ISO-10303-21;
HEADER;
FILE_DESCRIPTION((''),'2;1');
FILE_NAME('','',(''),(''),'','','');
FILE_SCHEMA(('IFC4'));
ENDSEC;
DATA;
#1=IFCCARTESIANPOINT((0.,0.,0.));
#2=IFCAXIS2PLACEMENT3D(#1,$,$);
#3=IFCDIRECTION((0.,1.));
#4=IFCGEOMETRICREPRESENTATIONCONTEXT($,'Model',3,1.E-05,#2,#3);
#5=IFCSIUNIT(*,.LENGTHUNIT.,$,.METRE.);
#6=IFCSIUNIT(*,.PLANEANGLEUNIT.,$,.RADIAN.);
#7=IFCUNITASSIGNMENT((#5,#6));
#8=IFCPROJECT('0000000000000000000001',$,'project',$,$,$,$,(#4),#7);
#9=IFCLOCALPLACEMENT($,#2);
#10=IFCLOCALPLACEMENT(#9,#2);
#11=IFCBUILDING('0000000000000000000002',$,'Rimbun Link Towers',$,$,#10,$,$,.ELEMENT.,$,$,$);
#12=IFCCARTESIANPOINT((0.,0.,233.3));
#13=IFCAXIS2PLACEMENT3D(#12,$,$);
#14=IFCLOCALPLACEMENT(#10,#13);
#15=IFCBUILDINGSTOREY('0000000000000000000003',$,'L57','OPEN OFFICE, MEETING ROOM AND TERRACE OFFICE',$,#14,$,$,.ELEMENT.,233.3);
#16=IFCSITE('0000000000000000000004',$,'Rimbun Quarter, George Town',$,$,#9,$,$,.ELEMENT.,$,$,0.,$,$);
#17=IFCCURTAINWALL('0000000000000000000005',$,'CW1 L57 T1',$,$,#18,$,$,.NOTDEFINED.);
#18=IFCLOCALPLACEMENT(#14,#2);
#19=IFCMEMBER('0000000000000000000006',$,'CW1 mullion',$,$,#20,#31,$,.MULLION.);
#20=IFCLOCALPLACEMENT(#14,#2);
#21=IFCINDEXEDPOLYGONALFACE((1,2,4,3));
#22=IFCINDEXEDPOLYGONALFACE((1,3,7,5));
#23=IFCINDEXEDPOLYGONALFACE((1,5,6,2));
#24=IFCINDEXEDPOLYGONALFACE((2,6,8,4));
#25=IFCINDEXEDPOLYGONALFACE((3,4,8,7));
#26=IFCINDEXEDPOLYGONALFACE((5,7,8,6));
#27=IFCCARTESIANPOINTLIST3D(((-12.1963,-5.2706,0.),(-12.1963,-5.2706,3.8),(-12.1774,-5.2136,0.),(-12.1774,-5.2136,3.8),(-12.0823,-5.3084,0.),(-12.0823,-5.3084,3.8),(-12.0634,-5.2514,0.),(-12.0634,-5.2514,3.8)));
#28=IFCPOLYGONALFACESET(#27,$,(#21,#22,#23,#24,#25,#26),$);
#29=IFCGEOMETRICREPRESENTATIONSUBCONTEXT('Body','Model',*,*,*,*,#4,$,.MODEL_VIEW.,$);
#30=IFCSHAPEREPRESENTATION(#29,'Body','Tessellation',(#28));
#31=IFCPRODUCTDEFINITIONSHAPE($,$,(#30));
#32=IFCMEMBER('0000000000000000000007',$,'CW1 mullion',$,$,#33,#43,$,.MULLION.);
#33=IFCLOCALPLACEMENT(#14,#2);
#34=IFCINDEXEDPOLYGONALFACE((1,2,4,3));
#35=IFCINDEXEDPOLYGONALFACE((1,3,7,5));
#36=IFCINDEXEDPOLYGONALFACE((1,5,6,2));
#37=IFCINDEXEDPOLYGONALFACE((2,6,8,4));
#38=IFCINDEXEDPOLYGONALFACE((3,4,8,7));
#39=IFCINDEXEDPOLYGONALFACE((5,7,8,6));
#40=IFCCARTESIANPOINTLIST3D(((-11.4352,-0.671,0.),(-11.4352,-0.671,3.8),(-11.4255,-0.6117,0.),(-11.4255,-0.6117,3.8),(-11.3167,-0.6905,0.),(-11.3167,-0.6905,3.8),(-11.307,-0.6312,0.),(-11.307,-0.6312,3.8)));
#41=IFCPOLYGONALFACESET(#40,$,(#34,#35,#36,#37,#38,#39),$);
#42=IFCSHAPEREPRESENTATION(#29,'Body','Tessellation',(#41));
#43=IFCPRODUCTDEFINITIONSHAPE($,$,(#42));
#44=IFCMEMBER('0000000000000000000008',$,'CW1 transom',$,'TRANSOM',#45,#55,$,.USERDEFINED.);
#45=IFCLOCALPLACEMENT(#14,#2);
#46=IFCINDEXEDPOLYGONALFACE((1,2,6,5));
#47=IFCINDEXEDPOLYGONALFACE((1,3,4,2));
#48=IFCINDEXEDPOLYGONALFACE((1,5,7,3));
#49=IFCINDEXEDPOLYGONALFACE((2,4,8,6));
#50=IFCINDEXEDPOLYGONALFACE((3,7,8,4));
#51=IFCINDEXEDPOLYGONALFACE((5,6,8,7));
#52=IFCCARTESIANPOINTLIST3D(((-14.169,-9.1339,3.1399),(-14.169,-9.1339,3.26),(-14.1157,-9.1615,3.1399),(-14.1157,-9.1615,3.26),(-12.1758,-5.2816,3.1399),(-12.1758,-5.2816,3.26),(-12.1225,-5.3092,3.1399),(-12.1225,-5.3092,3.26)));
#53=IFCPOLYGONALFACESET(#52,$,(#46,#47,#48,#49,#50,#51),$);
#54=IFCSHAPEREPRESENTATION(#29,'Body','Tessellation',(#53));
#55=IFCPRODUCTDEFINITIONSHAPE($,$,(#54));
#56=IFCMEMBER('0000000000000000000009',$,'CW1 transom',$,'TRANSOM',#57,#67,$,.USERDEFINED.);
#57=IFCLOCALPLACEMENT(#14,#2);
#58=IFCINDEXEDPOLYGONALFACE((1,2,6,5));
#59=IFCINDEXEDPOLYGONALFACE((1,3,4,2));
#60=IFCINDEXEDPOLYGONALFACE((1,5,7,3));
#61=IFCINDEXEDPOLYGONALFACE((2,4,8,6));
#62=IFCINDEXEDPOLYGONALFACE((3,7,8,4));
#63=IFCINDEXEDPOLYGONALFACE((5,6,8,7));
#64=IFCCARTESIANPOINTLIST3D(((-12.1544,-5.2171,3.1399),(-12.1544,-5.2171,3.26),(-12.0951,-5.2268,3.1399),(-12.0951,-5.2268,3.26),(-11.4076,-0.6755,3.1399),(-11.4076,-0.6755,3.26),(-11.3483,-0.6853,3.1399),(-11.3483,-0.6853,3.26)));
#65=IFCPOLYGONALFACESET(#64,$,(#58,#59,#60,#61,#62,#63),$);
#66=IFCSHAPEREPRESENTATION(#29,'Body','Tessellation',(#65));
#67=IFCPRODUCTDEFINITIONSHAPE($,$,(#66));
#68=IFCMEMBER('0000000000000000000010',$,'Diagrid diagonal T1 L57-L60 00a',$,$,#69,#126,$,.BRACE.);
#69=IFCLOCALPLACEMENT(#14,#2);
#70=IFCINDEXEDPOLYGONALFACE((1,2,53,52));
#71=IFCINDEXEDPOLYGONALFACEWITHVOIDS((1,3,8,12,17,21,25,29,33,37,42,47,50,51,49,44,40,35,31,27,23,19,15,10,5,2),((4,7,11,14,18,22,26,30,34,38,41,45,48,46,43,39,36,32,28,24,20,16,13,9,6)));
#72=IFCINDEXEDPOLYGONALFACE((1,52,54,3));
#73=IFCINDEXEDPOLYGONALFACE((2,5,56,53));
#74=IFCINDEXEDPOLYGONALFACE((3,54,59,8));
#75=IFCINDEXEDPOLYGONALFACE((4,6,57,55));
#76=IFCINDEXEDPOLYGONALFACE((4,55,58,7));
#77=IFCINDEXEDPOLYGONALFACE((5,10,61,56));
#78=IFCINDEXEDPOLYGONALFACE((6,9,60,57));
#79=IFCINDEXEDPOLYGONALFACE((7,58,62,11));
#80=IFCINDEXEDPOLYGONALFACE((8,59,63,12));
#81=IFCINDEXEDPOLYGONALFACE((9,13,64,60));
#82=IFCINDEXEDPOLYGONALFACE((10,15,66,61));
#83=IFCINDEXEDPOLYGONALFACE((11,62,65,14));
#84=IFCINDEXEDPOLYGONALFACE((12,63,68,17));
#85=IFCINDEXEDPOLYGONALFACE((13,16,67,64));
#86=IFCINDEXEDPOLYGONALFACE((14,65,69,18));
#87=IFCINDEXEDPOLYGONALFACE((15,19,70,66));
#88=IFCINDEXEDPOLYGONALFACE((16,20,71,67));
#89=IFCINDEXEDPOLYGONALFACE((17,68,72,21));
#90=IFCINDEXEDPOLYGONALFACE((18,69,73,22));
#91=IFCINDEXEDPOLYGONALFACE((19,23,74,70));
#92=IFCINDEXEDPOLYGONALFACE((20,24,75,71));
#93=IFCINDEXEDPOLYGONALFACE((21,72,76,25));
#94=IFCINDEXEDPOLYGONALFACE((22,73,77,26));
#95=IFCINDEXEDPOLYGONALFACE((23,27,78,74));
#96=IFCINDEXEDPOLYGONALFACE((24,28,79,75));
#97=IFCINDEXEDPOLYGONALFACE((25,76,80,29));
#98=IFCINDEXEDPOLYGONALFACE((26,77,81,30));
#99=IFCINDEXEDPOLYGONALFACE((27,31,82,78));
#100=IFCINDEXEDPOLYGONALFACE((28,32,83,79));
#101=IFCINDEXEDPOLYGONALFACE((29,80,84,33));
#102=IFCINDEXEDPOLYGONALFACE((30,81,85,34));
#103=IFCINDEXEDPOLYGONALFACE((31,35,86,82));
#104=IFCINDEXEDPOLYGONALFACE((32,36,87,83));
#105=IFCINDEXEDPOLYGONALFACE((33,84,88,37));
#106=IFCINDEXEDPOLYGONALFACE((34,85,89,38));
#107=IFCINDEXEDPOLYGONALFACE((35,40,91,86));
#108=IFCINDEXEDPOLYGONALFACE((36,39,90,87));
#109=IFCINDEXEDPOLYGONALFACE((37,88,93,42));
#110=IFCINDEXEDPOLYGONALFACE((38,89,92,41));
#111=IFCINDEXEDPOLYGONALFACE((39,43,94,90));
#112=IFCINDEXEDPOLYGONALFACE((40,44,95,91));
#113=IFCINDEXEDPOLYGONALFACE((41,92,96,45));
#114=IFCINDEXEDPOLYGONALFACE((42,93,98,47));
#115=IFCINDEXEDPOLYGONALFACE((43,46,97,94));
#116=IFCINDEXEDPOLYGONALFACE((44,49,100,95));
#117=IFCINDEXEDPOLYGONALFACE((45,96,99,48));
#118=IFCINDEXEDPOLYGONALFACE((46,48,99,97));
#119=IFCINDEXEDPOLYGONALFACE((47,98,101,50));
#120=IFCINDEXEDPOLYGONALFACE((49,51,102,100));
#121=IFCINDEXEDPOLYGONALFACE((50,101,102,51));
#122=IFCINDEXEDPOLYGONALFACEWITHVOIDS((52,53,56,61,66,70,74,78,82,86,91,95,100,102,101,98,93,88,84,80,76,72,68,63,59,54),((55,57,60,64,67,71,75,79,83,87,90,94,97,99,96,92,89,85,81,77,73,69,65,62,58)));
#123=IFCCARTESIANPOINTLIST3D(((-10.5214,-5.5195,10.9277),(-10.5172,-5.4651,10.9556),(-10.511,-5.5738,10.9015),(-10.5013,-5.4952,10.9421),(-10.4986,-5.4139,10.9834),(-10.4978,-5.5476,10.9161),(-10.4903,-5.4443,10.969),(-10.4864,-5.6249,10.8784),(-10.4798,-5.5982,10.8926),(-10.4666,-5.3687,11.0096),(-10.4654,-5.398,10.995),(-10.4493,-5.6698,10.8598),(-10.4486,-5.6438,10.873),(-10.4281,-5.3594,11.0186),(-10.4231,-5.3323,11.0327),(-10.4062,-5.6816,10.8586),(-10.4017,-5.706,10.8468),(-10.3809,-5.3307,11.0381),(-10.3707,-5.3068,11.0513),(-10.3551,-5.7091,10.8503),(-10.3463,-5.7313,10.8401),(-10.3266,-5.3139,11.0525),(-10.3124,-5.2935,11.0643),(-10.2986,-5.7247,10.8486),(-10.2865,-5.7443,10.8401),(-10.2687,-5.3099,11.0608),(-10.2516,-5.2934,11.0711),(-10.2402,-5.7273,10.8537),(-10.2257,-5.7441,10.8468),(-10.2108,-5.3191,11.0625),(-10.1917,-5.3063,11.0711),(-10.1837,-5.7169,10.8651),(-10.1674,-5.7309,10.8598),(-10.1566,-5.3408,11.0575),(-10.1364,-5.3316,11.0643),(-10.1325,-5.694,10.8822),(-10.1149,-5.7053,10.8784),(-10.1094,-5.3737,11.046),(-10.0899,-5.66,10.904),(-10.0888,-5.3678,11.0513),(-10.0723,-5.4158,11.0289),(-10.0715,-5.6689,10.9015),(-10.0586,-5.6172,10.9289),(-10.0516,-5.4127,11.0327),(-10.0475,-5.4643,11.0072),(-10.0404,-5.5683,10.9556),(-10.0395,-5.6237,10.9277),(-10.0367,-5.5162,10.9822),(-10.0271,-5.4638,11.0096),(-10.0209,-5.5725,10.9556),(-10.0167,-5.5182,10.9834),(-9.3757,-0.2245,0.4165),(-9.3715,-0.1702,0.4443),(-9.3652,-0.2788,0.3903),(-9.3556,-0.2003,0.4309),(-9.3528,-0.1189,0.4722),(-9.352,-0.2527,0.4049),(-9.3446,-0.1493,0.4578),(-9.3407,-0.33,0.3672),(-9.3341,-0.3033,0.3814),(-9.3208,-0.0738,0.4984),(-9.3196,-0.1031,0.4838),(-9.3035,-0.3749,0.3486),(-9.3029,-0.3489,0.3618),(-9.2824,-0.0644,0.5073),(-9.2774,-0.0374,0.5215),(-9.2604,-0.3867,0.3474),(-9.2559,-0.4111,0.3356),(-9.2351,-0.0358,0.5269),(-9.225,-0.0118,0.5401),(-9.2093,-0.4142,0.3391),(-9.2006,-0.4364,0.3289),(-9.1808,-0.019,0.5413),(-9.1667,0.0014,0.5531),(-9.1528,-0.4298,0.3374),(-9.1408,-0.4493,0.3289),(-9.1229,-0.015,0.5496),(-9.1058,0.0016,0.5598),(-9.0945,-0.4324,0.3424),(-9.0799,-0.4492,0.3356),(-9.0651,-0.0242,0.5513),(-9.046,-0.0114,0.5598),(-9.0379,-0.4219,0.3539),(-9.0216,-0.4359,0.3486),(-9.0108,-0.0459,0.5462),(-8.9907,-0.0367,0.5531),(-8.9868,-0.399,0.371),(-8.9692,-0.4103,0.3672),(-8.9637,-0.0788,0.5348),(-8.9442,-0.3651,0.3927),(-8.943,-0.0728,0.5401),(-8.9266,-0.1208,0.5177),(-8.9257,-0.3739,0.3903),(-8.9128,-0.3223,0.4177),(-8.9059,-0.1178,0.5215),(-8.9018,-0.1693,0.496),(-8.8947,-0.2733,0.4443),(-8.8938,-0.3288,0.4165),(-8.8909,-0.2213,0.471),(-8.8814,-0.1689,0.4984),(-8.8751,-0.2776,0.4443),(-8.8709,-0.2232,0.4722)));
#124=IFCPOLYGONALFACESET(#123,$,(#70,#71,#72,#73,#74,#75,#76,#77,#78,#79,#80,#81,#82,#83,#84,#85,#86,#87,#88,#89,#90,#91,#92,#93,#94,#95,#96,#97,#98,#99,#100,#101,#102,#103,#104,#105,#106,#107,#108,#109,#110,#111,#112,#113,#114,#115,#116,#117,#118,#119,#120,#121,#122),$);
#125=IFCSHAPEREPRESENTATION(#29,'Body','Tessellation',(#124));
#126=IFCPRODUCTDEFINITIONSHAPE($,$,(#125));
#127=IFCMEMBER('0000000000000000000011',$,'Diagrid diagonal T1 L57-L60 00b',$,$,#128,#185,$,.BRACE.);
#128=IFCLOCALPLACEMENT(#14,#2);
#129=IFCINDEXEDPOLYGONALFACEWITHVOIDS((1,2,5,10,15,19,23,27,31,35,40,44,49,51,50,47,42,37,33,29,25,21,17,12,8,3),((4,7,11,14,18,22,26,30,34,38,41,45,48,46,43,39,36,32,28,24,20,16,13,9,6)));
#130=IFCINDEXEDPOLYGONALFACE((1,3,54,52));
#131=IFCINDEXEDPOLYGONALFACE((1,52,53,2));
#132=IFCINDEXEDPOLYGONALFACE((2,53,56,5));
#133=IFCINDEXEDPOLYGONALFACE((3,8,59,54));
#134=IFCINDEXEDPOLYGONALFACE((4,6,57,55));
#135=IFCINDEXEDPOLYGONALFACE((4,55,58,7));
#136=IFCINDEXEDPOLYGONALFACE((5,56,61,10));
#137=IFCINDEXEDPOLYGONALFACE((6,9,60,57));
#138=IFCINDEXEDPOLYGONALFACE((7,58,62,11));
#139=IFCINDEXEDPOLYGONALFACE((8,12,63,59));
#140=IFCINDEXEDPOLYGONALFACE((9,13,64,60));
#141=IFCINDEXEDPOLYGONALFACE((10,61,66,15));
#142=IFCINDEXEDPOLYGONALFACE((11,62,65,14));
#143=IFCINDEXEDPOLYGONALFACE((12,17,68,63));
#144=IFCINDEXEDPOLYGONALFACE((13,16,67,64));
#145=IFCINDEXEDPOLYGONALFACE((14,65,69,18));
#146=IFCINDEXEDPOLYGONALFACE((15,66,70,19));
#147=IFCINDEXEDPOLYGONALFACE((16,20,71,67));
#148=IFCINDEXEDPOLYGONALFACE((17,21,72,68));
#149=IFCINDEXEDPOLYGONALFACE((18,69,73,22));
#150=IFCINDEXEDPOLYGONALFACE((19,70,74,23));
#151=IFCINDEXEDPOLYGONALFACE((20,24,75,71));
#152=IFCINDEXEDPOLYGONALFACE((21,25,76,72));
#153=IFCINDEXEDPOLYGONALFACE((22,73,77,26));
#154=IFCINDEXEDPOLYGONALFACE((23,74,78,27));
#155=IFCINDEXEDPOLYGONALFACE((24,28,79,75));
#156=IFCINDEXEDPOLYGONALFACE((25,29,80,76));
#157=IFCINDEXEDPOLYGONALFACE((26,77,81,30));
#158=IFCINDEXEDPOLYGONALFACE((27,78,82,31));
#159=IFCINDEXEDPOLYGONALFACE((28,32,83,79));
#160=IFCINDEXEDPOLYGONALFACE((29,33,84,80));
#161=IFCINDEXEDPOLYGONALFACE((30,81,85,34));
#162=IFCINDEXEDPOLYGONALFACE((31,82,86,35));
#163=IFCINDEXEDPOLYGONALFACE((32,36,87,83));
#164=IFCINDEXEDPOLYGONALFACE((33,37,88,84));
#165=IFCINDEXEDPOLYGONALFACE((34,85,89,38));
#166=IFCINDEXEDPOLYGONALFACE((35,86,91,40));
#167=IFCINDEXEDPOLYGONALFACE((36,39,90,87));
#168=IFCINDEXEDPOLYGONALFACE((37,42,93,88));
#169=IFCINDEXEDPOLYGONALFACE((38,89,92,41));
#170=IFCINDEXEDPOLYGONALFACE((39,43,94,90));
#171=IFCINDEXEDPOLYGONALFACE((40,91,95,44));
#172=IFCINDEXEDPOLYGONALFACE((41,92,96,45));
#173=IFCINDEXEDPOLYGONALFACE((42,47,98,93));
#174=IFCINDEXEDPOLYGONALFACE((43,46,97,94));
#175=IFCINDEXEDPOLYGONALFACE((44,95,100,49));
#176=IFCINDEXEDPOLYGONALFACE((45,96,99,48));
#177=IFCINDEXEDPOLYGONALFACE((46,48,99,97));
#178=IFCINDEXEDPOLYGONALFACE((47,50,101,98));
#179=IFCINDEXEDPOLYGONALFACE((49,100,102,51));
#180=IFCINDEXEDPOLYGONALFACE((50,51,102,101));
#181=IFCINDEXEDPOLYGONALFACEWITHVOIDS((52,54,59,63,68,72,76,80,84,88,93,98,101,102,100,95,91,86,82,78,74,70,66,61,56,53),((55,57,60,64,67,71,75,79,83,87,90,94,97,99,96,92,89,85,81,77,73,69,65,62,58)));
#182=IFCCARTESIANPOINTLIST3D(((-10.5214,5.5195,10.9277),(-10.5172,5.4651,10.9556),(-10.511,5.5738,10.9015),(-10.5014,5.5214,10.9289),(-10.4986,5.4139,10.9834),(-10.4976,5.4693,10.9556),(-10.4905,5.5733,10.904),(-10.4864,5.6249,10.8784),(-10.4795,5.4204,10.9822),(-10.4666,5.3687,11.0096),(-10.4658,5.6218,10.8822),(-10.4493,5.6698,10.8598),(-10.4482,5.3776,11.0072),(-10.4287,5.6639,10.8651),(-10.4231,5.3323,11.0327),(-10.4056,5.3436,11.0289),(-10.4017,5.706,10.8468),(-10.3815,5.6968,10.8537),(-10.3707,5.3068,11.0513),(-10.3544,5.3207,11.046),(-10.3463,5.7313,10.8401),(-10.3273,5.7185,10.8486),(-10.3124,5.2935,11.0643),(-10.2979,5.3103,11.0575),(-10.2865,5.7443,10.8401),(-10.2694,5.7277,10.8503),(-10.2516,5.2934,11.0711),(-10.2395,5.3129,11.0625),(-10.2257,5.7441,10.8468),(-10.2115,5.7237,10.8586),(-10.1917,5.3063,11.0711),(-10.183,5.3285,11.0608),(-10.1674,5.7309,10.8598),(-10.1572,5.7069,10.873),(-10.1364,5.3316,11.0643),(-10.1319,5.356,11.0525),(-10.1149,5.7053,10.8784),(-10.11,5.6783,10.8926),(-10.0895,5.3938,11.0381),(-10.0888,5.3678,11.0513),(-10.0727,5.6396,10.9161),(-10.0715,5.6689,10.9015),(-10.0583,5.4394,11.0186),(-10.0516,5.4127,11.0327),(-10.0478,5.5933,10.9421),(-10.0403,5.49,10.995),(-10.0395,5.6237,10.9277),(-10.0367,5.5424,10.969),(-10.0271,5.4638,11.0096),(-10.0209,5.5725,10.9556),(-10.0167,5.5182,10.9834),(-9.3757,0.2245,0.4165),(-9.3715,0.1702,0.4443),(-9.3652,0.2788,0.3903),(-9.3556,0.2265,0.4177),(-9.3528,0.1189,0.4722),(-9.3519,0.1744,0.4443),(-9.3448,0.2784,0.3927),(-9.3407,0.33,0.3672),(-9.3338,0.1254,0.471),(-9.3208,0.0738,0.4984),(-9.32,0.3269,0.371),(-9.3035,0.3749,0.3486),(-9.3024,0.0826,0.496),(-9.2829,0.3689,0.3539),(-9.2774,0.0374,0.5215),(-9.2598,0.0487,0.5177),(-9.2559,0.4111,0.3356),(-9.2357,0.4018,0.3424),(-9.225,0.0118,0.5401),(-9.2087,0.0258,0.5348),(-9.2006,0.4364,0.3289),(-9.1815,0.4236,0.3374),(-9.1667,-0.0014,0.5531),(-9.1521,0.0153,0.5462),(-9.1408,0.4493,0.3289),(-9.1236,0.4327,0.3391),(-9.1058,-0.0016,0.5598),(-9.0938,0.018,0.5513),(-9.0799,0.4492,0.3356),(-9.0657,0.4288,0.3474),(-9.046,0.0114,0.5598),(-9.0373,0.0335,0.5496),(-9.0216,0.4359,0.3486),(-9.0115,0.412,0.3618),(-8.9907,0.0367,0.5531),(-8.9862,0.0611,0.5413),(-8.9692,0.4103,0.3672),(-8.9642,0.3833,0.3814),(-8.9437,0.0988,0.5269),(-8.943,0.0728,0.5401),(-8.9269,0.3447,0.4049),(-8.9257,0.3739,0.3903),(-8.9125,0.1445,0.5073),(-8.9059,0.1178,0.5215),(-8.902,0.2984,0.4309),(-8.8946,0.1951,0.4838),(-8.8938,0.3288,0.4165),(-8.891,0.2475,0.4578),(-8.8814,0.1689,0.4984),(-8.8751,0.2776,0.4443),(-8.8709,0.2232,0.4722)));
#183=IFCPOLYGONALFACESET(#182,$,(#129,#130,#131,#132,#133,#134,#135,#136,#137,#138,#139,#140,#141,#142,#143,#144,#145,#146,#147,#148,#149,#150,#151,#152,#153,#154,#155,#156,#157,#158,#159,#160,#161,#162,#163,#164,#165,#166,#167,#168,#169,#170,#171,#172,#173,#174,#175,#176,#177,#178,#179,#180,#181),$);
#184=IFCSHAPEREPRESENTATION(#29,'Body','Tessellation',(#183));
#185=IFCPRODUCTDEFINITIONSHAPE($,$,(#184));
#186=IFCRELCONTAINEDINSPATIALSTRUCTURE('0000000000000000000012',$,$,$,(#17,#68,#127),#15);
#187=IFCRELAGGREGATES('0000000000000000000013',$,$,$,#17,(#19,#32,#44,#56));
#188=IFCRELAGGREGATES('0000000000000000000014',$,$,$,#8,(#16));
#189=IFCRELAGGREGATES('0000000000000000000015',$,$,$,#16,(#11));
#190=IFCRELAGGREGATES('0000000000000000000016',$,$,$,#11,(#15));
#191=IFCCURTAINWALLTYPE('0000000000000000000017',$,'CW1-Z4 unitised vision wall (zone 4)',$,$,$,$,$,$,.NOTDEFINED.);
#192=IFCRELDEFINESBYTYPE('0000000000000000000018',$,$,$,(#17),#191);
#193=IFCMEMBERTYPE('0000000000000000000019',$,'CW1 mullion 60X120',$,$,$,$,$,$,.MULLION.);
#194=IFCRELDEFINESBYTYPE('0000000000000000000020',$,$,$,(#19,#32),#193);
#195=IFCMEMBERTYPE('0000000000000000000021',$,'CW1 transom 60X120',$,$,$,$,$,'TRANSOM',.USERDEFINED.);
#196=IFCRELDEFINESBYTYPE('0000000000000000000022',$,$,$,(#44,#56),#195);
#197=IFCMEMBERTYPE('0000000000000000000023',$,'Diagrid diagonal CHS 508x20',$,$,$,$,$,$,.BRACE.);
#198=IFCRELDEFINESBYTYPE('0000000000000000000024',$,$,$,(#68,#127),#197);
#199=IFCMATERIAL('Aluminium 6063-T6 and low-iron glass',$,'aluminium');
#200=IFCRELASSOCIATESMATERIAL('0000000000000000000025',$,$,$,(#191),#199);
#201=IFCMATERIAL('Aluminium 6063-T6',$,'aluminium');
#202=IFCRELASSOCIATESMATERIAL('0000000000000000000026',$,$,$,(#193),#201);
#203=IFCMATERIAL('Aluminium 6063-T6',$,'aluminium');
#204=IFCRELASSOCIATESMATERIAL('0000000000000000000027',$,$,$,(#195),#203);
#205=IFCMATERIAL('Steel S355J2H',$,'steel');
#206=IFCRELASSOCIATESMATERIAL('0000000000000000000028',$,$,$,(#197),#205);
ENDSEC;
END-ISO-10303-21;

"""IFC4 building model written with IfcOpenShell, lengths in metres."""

from ifc_helpers import new_model, si_unit, direction, frame, origin, origin_2d, place, context, subcontext, project, spatial, rectangle, hollow_circle, extrude, material, material_profile, profile_set, type_object, element, aggregate, save


model = new_model("IFC4")

# Units and contexts
model_context = context("Model", 3, precision=1e-05, world=origin(), true_north=direction((0.0, 1.0)))
body_context = subcontext(model_context, "Body", "Model", "MODEL_VIEW")
ifc_project = project(units=[si_unit("LENGTHUNIT", "METRE"), si_unit("PLANEANGLEUNIT", "RADIAN")], contexts=[model_context])

# Site, building, storey
site_placement = place(None, origin())
site = spatial("IfcSite", under=ifc_project, at=site_placement, Name="Rimbun Quarter, George Town", CompositionType="ELEMENT", RefElevation=0.0)
building_placement = place(site_placement, origin())
building = spatial("IfcBuilding", under=site, at=building_placement, Name="Rimbun Link Towers", CompositionType="ELEMENT")
storey_placement = place(building_placement, frame((0.0, 0.0, 233.3)))
storey = spatial("IfcBuildingStorey", under=building, at=storey_placement, Name="L57", Description="OPEN OFFICE, MEETING ROOM AND TERRACE OFFICE", CompositionType="ELEMENT", Elevation=233.3)

# Curtain wall, members
ifc_material_1 = material(Name="Aluminium 6063-T6 and low-iron glass", Category="aluminium")
curtain_wall_type = type_object("IfcCurtainWallType", Name="CW1-Z4 unitised vision wall (zone 4)", PredefinedType="NOTDEFINED", material=ifc_material_1)
curtain_wall_placement = place(storey_placement, origin())
curtain_wall = element("IfcCurtainWall", 1, at=curtain_wall_placement, inside=storey, type_object=curtain_wall_type, Name="CW1 L57 T1", PredefinedType="NOTDEFINED")
ifc_material_2 = material(Name="Aluminium 6063-T6", Category="aluminium")
ifc_material_profile_1 = material_profile(ifc_material_2, rectangle(XDim=0.1201, YDim=0.0601, at=origin_2d()), Name="MULLION 60X120")
ifc_profile_set_1 = profile_set([ifc_material_profile_1], Name="Aluminium 6063-T6")
member_type_1 = type_object("IfcMemberType", Name="CW1 mullion 60X120", PredefinedType="MULLION", material=ifc_profile_set_1)
member_1_placement = place(storey_placement, frame((-12.1299, -5.261, 0.0), z_axis=(0.0, 0.0, 1.0), x_axis=(0.949161, -0.31479, 0.0)))
member_1 = element("IfcMember", 2, at=member_1_placement, type_object=member_type_1, Name="CW1 mullion", PredefinedType="MULLION", context=body_context, shape_type="SweptSolid", body=[
    extrude(rectangle(XDim=0.1201, YDim=0.0601, at=origin_2d()), origin(), (0.0, 0.0, 1.0), 3.8),
])
member_2_placement = place(storey_placement, frame((-11.3711, -0.6511, 0.0), z_axis=(0.0, 0.0, 1.0), x_axis=(0.986748, -0.162262, 0.0)))
member_2 = element("IfcMember", 3, at=member_2_placement, type_object=member_type_1, Name="CW1 mullion", PredefinedType="MULLION", context=body_context, shape_type="SweptSolid", body=[
    extrude(rectangle(XDim=0.1201, YDim=0.0601, at=origin_2d()), origin(), (0.0, 0.0, 1.0), 3.8),
])
ifc_material_3 = material(Name="Aluminium 6063-T6", Category="aluminium")
ifc_material_profile_2 = material_profile(ifc_material_3, rectangle(XDim=0.0601, YDim=0.1201, at=origin_2d()), Name="TRANSOM 60X120")
ifc_profile_set_2 = profile_set([ifc_material_profile_2], Name="Aluminium 6063-T6")
member_type_2 = type_object("IfcMemberType", Name="CW1 transom 60X120", ElementType="TRANSOM", PredefinedType="USERDEFINED", material=ifc_profile_set_2)
member_3_placement = place(storey_placement, frame((-12.1492, -5.2954, 3.2), z_axis=(-0.459532, -0.888161, 0.0), x_axis=(0.888161, -0.459532, 0.0)))
member_3 = element("IfcMember", 4, at=member_3_placement, type_object=member_type_2, Name="CW1 transom", ObjectType="TRANSOM", PredefinedType="USERDEFINED", context=body_context, shape_type="SweptSolid", body=[
    extrude(rectangle(XDim=0.0601, YDim=0.1201, at=origin_2d()), origin(), (0.0, 0.0, 1.0), 4.3374),
])
member_4_placement = place(storey_placement, frame((-11.3779, -0.6804, 3.2), z_axis=(-0.162265, -0.986747, 0.0), x_axis=(0.986747, -0.162265, 0.0)))
member_4 = element("IfcMember", 5, at=member_4_placement, type_object=member_type_2, Name="CW1 transom", ObjectType="TRANSOM", PredefinedType="USERDEFINED", context=body_context, shape_type="SweptSolid", body=[
    extrude(rectangle(XDim=0.0601, YDim=0.1201, at=origin_2d()), origin(), (0.0, 0.0, 1.0), 4.6025),
])

# Members
ifc_material_4 = material(Name="Steel S355J2H", Category="steel")
ifc_material_profile_3 = material_profile(ifc_material_4, hollow_circle(Radius=0.2539, WallThickness=0.02, at=origin_2d()), Name="Diagrid diagonal CHS 508x20")
ifc_profile_set_3 = profile_set([ifc_material_profile_3], Name="Steel S355J2H")
member_type_3 = type_object("IfcMemberType", Name="Diagrid diagonal CHS 508x20", PredefinedType="BRACE", material=ifc_profile_set_3)
for number, where, z_axis, x_axis, name in (
    (6, (-9.1233, -0.2239, 0.4443), (-0.096891, -0.447767, 0.888885), (0.97738, -0.211492, 0.0), "Diagrid diagonal T1 L57-L60 00a"),
    (7, (-9.1233, 0.2239, 0.4443), (-0.096891, 0.447767, 0.888885), (-0.97738, -0.211492, 0.0), "Diagrid diagonal T1 L57-L60 00b"),
):
    element("IfcMember", number, at=place(storey_placement, frame(where, z_axis=z_axis, x_axis=x_axis)), inside=storey, type_object=member_type_3, Name=name, PredefinedType="BRACE", context=body_context, shape_type="SweptSolid", body=[
        extrude(hollow_circle(Radius=0.2539, WallThickness=0.02, at=origin_2d()), origin(), (0.0, 0.0, 1.0), 11.8252),
    ])

aggregate(curtain_wall, [member_1, member_2, member_3, member_4])

save(model, "model.ifc")
